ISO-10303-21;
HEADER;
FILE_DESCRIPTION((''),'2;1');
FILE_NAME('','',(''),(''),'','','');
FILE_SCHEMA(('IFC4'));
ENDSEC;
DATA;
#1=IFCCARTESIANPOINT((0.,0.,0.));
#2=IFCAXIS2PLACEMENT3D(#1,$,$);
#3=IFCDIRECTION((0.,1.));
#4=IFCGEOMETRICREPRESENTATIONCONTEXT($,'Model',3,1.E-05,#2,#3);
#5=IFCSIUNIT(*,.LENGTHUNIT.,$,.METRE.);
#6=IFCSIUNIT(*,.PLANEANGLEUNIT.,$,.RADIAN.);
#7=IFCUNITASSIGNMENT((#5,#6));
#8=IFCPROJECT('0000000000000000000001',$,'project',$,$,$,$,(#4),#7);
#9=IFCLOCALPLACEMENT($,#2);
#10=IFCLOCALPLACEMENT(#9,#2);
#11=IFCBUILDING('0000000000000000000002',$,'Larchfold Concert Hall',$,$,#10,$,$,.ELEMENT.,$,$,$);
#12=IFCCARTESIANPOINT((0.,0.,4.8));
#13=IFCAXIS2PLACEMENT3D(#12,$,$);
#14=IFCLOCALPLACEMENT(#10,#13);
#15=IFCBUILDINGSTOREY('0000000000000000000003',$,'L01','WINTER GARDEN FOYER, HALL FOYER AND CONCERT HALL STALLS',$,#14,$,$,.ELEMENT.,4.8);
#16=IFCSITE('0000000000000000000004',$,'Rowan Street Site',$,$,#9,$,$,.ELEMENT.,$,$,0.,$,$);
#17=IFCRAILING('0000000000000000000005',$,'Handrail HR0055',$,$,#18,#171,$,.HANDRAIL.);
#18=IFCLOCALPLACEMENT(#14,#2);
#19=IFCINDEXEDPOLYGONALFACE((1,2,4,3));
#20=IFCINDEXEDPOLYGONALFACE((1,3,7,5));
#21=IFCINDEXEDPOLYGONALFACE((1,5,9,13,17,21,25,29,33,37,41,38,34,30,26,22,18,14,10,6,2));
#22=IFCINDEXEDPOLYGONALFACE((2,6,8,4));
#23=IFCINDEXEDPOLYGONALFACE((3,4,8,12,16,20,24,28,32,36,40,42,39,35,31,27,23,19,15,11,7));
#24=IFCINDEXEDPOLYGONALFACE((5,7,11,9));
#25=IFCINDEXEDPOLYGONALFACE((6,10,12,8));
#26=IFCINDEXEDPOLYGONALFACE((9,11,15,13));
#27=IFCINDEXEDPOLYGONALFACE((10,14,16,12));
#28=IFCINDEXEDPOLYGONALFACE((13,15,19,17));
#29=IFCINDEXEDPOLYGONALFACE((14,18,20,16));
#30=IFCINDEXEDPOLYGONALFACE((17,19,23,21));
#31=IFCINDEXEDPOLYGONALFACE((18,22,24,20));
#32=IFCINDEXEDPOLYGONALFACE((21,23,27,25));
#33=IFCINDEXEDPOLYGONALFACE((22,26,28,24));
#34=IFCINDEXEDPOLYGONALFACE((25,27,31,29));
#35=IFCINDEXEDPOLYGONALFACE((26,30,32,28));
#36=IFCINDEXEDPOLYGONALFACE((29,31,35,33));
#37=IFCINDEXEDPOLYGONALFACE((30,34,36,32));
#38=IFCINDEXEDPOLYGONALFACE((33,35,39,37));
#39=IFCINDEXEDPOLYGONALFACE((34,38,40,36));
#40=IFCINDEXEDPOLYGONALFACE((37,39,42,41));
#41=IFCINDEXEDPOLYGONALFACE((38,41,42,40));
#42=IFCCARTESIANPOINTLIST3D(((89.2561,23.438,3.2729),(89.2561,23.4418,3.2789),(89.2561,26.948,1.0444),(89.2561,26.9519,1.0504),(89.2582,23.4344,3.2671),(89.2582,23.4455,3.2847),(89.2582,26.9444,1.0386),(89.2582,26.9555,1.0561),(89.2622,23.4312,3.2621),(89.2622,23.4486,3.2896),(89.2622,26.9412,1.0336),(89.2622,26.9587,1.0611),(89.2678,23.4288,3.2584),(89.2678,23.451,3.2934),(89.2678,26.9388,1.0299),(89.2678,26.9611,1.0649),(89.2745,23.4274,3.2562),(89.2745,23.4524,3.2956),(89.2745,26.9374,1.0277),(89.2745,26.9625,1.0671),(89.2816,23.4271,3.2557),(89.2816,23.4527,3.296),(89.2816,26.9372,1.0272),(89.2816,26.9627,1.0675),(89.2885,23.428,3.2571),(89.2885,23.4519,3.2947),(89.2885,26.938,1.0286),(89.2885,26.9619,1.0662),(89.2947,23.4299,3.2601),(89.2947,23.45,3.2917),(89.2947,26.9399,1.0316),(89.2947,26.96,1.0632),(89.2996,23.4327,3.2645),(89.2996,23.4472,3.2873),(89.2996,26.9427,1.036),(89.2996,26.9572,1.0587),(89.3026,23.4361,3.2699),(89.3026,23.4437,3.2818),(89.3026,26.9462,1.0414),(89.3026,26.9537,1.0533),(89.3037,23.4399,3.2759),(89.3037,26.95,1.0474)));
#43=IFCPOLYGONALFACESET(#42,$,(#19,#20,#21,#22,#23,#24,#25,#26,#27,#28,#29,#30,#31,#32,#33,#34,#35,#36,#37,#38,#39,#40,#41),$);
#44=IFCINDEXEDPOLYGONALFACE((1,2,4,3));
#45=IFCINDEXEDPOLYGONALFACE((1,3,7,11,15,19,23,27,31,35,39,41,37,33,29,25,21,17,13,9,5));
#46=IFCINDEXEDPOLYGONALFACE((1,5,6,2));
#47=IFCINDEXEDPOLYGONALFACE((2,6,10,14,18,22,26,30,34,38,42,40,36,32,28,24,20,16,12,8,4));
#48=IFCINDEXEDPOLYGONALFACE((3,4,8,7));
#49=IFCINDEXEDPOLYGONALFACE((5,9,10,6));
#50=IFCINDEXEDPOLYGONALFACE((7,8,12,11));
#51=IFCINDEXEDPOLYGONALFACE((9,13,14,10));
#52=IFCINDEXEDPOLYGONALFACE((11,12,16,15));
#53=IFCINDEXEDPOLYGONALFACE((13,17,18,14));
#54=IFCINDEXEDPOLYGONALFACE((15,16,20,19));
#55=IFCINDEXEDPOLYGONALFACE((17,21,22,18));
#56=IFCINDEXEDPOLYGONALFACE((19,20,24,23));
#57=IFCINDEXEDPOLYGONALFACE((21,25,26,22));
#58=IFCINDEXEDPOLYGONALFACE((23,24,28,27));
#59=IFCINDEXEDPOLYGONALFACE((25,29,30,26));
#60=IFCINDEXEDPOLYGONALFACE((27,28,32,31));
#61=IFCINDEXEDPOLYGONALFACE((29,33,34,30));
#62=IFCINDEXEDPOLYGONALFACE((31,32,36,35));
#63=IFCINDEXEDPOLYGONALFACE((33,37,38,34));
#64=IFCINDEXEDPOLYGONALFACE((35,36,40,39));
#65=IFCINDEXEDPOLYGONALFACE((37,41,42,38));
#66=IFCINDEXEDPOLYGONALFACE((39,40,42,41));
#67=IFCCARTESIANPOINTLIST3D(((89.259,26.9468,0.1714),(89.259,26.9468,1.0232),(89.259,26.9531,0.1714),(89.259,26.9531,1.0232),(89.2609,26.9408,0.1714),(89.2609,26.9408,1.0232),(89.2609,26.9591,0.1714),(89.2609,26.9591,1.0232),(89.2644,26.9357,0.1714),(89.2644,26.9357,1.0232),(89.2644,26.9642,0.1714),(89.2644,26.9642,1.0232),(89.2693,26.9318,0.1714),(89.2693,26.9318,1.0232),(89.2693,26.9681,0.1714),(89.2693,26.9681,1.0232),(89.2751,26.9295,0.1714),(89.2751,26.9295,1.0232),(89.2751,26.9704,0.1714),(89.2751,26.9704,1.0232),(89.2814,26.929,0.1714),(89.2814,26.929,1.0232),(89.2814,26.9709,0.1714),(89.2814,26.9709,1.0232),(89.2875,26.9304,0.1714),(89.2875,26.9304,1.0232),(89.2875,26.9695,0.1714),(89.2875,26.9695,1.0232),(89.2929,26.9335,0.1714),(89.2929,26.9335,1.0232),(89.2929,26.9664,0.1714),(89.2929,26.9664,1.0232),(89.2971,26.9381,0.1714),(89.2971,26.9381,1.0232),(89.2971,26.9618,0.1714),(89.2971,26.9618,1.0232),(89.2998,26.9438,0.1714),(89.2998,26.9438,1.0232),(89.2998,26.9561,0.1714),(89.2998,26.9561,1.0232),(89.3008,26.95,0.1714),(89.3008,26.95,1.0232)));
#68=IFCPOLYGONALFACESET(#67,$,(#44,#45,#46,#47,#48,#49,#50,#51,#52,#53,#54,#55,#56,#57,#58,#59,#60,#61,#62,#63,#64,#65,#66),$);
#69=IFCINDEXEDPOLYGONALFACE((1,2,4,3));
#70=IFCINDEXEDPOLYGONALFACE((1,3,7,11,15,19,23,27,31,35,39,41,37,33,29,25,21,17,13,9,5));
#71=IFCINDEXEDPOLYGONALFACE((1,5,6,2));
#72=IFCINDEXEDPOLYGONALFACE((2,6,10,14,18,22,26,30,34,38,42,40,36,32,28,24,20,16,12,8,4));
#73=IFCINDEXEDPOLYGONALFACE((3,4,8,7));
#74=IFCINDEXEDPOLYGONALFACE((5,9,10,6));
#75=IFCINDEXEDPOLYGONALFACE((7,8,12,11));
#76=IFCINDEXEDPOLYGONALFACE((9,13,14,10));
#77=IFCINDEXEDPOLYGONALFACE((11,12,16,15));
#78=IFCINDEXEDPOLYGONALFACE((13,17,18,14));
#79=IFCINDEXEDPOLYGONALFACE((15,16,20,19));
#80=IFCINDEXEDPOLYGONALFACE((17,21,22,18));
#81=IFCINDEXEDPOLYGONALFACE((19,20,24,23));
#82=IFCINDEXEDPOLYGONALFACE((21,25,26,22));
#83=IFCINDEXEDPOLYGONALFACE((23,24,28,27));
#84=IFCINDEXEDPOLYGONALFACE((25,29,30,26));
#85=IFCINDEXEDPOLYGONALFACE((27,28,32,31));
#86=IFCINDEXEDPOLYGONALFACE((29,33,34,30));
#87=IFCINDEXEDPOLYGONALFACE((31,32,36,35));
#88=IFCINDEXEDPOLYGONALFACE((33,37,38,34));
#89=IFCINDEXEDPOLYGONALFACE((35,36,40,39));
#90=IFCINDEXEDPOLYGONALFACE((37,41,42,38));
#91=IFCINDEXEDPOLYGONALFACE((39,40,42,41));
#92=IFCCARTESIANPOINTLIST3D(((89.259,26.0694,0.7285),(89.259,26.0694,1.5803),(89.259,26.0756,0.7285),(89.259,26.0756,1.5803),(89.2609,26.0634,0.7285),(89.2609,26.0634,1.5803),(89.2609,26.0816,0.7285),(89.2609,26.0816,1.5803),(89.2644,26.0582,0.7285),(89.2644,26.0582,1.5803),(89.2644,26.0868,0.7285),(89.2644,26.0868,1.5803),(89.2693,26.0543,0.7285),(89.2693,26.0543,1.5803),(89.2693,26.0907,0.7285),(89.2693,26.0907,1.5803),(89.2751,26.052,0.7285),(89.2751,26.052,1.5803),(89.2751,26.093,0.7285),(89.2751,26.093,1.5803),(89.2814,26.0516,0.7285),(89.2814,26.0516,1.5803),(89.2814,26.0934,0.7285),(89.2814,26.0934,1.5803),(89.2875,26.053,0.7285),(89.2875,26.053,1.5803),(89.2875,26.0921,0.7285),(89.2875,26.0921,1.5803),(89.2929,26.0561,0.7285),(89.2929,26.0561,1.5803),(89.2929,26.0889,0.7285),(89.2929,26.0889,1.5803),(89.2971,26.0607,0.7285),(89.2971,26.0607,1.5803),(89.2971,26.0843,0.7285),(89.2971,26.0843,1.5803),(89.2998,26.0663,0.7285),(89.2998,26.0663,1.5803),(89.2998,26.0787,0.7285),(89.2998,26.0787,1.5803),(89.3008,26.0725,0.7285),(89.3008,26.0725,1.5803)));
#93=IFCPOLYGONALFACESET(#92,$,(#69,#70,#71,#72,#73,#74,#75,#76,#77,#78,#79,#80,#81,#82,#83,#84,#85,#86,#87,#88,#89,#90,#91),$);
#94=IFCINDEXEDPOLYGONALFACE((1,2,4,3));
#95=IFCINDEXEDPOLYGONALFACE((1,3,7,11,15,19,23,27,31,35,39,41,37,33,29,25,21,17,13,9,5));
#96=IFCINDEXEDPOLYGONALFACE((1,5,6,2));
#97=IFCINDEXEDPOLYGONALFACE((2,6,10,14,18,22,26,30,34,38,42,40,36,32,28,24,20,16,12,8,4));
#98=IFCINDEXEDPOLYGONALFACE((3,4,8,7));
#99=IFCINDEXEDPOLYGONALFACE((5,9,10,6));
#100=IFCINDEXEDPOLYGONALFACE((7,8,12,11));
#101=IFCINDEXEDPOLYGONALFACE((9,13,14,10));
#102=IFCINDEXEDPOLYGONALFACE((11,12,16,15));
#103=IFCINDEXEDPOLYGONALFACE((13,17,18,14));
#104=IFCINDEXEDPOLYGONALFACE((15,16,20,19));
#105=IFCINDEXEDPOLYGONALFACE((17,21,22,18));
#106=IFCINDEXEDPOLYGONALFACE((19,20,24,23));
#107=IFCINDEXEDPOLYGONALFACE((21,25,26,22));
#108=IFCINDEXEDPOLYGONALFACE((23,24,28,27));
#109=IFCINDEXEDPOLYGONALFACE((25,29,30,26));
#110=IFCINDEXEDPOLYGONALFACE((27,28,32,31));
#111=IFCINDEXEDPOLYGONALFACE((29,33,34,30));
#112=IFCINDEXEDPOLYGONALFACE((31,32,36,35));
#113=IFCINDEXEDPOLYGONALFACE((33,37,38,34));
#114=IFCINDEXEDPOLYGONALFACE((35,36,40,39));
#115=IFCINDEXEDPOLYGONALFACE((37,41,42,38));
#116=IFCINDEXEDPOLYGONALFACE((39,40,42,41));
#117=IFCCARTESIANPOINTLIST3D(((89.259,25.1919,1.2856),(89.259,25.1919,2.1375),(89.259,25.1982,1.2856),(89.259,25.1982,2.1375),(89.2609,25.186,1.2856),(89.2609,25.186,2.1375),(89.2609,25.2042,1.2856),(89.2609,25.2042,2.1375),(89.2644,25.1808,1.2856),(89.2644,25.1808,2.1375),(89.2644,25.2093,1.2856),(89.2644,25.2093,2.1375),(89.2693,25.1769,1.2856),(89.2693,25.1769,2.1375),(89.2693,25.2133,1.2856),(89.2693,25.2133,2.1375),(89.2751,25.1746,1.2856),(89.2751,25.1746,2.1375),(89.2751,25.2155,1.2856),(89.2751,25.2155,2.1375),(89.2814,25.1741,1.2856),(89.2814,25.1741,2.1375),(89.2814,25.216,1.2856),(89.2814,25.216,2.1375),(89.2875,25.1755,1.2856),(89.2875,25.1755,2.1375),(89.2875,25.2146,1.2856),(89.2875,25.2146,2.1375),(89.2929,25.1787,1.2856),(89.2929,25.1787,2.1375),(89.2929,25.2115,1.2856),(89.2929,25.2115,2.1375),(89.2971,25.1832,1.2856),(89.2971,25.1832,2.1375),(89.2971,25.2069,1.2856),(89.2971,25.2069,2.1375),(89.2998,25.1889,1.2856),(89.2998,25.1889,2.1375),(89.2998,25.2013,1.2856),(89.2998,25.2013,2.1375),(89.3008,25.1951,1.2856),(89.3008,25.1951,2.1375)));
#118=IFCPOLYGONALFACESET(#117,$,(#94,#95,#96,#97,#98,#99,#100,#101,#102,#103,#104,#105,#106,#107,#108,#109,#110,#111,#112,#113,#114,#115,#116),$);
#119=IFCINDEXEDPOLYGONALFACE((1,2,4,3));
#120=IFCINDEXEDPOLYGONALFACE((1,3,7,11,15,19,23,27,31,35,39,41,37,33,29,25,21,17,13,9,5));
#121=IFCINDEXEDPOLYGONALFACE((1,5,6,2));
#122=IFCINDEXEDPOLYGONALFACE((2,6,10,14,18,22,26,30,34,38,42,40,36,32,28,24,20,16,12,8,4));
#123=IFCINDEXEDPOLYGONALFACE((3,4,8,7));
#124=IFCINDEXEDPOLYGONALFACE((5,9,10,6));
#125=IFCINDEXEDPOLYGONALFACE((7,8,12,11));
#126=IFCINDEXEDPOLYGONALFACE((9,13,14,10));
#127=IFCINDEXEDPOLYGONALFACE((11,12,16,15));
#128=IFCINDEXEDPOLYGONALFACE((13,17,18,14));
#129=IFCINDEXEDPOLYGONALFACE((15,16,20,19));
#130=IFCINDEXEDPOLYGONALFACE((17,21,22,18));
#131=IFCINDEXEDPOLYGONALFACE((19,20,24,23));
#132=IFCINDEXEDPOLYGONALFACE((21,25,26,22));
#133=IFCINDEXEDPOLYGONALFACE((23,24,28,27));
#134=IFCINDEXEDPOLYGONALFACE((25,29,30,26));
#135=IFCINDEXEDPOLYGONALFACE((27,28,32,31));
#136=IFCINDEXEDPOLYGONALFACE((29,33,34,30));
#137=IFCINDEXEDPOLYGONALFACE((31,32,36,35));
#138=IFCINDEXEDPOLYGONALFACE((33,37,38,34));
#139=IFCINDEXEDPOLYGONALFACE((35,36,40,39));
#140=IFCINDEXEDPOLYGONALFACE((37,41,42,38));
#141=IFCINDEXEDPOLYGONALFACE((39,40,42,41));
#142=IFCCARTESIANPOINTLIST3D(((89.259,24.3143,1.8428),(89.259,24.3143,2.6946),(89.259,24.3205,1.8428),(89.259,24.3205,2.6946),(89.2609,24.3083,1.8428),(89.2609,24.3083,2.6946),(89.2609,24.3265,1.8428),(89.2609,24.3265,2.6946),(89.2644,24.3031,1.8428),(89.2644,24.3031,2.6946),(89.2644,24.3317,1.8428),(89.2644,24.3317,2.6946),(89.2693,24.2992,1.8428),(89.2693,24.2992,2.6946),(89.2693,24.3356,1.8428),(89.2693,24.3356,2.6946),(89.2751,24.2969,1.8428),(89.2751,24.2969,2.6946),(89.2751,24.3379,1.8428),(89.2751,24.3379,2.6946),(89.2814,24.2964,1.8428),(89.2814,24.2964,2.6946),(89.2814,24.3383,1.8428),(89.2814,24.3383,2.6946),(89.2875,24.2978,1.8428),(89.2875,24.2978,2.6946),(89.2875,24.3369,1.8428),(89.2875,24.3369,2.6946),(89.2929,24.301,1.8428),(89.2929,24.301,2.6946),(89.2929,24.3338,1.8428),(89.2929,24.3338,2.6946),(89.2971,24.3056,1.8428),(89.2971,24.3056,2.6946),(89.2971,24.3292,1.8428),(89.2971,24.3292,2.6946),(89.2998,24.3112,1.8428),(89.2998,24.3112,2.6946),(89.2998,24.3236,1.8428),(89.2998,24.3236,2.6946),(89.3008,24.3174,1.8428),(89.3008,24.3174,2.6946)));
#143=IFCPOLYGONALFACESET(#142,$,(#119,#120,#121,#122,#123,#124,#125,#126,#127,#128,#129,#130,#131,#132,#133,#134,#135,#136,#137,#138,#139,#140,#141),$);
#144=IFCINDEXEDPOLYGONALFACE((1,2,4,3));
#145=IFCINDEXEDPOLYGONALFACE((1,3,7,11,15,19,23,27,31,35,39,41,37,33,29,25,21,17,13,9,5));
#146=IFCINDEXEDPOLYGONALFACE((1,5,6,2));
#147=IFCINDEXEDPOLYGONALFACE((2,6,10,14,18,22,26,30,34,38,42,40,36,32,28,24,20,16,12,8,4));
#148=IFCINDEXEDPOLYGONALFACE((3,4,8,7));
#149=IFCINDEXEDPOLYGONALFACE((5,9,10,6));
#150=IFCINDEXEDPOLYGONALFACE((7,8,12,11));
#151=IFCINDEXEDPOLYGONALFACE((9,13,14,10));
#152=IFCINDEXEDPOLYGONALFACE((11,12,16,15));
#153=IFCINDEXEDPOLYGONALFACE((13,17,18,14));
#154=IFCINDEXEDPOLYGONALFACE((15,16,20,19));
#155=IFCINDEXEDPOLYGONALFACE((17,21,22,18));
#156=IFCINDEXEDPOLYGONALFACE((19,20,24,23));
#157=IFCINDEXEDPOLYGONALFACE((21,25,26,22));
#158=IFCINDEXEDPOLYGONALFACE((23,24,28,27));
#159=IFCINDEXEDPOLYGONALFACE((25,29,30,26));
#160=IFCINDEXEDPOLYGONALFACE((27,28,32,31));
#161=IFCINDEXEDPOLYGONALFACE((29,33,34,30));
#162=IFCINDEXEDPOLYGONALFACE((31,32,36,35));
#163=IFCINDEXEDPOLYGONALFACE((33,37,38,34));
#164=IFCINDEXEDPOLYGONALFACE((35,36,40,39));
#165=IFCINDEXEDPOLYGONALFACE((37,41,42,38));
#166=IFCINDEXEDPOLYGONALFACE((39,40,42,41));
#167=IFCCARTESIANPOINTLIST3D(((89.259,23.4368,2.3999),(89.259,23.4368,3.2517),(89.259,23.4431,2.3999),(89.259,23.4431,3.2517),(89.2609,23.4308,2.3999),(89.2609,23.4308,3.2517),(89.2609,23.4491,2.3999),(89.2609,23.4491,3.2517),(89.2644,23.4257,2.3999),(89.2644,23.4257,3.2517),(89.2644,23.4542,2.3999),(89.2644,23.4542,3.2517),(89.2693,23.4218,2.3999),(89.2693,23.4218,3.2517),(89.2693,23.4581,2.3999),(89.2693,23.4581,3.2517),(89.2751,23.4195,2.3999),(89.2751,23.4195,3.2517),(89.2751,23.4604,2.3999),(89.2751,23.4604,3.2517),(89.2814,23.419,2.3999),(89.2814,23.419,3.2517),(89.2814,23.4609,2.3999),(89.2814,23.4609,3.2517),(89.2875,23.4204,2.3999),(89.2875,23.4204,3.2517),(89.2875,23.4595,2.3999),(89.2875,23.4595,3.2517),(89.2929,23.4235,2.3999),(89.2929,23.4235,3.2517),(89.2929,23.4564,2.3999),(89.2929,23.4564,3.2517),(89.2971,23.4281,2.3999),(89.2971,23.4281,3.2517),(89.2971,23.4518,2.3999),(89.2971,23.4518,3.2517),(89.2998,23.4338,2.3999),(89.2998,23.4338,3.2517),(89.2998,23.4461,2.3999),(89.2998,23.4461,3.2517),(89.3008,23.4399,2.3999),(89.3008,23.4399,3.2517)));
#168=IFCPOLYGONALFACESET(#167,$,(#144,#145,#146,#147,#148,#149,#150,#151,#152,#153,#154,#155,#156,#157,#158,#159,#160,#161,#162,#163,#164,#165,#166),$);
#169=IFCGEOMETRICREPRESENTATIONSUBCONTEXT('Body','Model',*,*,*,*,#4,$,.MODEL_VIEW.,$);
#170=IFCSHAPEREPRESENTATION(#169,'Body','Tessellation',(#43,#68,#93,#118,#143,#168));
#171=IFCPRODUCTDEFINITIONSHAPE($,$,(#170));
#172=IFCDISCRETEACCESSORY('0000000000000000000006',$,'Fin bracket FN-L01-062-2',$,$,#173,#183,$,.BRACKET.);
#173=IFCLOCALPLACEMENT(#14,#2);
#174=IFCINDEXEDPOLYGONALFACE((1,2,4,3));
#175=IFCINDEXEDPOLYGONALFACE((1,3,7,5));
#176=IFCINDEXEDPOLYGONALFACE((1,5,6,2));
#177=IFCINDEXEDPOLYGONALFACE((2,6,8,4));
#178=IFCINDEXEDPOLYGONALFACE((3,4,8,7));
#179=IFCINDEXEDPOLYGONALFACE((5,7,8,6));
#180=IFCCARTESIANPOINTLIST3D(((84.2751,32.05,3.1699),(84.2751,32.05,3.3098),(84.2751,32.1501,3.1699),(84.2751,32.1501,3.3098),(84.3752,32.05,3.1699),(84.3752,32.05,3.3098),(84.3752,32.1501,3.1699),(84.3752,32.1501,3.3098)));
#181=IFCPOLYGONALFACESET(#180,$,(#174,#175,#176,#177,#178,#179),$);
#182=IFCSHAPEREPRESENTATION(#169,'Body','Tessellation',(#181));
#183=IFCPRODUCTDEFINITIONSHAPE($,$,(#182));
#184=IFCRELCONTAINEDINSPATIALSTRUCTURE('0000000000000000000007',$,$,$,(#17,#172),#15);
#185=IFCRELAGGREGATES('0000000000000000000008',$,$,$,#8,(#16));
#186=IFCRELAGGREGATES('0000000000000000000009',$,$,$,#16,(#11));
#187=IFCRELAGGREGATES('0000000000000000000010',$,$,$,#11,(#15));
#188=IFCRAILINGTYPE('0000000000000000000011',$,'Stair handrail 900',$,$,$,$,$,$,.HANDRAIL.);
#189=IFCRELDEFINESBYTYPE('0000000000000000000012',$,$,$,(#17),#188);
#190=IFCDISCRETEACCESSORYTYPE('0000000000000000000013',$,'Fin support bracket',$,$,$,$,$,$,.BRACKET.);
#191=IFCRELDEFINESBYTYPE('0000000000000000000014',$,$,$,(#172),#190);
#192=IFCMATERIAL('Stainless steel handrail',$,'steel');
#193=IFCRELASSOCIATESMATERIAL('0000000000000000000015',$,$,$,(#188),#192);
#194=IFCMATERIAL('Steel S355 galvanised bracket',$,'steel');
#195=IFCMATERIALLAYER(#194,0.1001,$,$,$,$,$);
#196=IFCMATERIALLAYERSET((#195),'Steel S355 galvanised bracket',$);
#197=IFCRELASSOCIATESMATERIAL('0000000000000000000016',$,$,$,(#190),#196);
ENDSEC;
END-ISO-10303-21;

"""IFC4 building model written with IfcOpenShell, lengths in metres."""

from ifc_helpers import new_model, si_unit, direction, frame, origin, origin_2d, place, context, subcontext, project, spatial, rectangle, circle, extrude, material, layer, layer_set, type_object, element, save


model = new_model("IFC4")

# Units and contexts
model_context = context("Model", 3, precision=1e-05, world=origin(), true_north=direction((0.0, 1.0)))
body_context = subcontext(model_context, "Body", "Model", "MODEL_VIEW")
ifc_project = project(units=[si_unit("LENGTHUNIT", "METRE"), si_unit("PLANEANGLEUNIT", "RADIAN")], contexts=[model_context])

# Site, building, storey
site_placement = place(None, origin())
site = spatial("IfcSite", under=ifc_project, at=site_placement, Name="Rowan Street Site", CompositionType="ELEMENT", RefElevation=0.0)
building_placement = place(site_placement, origin())
building = spatial("IfcBuilding", under=site, at=building_placement, Name="Larchfold Concert Hall", CompositionType="ELEMENT")
storey_placement = place(building_placement, frame((0.0, 0.0, 4.8)))
storey = spatial("IfcBuildingStorey", under=building, at=storey_placement, Name="L01", Description="WINTER GARDEN FOYER, HALL FOYER AND CONCERT HALL STALLS", CompositionType="ELEMENT", Elevation=4.8)

# Railing
ifc_material_1 = material(Name="Stainless steel handrail", Category="steel")
railing_type_1 = type_object("IfcRailingType", Name="Stair handrail 900", PredefinedType="HANDRAIL", material=ifc_material_1)
for number, where, name in (
    (1, (89.2798, 26.95, 0.1714), "Handrail HR0055"),
):
    element("IfcRailing", number, at=place(storey_placement, frame(where)), inside=storey, type_object=railing_type_1, Name=name, PredefinedType="HANDRAIL", context=body_context, shape_type="SweptSolid", body=[
        extrude(circle(Radius=0.0239, at=origin_2d()), frame((0.0, 0.0, 0.876), z_axis=(0.0, -0.84422, 0.535998), x_axis=(1.0, 0.0, 0.0)), (0.0, 0.0, 1.0), 4.1577),
        extrude(circle(Radius=0.021, at=origin_2d()), origin(), (0.0, 0.0, 1.0), 0.8518),
        extrude(circle(Radius=0.021, at=origin_2d()), frame((0.0, -0.8774, 0.5571)), (0.0, 0.0, 1.0), 0.8518),
        extrude(circle(Radius=0.021, at=origin_2d()), frame((0.0, -1.7549, 1.1143)), (0.0, 0.0, 1.0), 0.8518),
        extrude(circle(Radius=0.021, at=origin_2d()), frame((0.0, -2.6326, 1.6714)), (0.0, 0.0, 1.0), 0.8518),
        extrude(circle(Radius=0.021, at=origin_2d()), frame((0.0, -3.51, 2.2285)), (0.0, 0.0, 1.0), 0.8518),
    ])

# Discrete accessory
ifc_material_2 = material(Name="Steel S355 galvanised bracket", Category="steel")
ifc_layer_1 = layer(ifc_material_2, 0.1001)
ifc_layer_set_1 = layer_set([ifc_layer_1], Name="Steel S355 galvanised bracket")
discrete_accessory_type = type_object("IfcDiscreteAccessoryType", Name="Fin support bracket", PredefinedType="BRACKET", material=ifc_layer_set_1)
discrete_accessory_placement = place(storey_placement, frame((84.3252, 32.1001, 3.1699), z_axis=(0.0, 0.0, 1.0), x_axis=(-1.0, 0.0, 0.0)))
element("IfcDiscreteAccessory", 2, at=discrete_accessory_placement, inside=storey, type_object=discrete_accessory_type, Name="Fin bracket FN-L01-062-2", PredefinedType="BRACKET", context=body_context, shape_type="SweptSolid", body=[
    extrude(rectangle(XDim=0.1001, YDim=0.1001, at=origin_2d()), origin(), (0.0, 0.0, 1.0), 0.1399),
])

save(model, "model.ifc")
